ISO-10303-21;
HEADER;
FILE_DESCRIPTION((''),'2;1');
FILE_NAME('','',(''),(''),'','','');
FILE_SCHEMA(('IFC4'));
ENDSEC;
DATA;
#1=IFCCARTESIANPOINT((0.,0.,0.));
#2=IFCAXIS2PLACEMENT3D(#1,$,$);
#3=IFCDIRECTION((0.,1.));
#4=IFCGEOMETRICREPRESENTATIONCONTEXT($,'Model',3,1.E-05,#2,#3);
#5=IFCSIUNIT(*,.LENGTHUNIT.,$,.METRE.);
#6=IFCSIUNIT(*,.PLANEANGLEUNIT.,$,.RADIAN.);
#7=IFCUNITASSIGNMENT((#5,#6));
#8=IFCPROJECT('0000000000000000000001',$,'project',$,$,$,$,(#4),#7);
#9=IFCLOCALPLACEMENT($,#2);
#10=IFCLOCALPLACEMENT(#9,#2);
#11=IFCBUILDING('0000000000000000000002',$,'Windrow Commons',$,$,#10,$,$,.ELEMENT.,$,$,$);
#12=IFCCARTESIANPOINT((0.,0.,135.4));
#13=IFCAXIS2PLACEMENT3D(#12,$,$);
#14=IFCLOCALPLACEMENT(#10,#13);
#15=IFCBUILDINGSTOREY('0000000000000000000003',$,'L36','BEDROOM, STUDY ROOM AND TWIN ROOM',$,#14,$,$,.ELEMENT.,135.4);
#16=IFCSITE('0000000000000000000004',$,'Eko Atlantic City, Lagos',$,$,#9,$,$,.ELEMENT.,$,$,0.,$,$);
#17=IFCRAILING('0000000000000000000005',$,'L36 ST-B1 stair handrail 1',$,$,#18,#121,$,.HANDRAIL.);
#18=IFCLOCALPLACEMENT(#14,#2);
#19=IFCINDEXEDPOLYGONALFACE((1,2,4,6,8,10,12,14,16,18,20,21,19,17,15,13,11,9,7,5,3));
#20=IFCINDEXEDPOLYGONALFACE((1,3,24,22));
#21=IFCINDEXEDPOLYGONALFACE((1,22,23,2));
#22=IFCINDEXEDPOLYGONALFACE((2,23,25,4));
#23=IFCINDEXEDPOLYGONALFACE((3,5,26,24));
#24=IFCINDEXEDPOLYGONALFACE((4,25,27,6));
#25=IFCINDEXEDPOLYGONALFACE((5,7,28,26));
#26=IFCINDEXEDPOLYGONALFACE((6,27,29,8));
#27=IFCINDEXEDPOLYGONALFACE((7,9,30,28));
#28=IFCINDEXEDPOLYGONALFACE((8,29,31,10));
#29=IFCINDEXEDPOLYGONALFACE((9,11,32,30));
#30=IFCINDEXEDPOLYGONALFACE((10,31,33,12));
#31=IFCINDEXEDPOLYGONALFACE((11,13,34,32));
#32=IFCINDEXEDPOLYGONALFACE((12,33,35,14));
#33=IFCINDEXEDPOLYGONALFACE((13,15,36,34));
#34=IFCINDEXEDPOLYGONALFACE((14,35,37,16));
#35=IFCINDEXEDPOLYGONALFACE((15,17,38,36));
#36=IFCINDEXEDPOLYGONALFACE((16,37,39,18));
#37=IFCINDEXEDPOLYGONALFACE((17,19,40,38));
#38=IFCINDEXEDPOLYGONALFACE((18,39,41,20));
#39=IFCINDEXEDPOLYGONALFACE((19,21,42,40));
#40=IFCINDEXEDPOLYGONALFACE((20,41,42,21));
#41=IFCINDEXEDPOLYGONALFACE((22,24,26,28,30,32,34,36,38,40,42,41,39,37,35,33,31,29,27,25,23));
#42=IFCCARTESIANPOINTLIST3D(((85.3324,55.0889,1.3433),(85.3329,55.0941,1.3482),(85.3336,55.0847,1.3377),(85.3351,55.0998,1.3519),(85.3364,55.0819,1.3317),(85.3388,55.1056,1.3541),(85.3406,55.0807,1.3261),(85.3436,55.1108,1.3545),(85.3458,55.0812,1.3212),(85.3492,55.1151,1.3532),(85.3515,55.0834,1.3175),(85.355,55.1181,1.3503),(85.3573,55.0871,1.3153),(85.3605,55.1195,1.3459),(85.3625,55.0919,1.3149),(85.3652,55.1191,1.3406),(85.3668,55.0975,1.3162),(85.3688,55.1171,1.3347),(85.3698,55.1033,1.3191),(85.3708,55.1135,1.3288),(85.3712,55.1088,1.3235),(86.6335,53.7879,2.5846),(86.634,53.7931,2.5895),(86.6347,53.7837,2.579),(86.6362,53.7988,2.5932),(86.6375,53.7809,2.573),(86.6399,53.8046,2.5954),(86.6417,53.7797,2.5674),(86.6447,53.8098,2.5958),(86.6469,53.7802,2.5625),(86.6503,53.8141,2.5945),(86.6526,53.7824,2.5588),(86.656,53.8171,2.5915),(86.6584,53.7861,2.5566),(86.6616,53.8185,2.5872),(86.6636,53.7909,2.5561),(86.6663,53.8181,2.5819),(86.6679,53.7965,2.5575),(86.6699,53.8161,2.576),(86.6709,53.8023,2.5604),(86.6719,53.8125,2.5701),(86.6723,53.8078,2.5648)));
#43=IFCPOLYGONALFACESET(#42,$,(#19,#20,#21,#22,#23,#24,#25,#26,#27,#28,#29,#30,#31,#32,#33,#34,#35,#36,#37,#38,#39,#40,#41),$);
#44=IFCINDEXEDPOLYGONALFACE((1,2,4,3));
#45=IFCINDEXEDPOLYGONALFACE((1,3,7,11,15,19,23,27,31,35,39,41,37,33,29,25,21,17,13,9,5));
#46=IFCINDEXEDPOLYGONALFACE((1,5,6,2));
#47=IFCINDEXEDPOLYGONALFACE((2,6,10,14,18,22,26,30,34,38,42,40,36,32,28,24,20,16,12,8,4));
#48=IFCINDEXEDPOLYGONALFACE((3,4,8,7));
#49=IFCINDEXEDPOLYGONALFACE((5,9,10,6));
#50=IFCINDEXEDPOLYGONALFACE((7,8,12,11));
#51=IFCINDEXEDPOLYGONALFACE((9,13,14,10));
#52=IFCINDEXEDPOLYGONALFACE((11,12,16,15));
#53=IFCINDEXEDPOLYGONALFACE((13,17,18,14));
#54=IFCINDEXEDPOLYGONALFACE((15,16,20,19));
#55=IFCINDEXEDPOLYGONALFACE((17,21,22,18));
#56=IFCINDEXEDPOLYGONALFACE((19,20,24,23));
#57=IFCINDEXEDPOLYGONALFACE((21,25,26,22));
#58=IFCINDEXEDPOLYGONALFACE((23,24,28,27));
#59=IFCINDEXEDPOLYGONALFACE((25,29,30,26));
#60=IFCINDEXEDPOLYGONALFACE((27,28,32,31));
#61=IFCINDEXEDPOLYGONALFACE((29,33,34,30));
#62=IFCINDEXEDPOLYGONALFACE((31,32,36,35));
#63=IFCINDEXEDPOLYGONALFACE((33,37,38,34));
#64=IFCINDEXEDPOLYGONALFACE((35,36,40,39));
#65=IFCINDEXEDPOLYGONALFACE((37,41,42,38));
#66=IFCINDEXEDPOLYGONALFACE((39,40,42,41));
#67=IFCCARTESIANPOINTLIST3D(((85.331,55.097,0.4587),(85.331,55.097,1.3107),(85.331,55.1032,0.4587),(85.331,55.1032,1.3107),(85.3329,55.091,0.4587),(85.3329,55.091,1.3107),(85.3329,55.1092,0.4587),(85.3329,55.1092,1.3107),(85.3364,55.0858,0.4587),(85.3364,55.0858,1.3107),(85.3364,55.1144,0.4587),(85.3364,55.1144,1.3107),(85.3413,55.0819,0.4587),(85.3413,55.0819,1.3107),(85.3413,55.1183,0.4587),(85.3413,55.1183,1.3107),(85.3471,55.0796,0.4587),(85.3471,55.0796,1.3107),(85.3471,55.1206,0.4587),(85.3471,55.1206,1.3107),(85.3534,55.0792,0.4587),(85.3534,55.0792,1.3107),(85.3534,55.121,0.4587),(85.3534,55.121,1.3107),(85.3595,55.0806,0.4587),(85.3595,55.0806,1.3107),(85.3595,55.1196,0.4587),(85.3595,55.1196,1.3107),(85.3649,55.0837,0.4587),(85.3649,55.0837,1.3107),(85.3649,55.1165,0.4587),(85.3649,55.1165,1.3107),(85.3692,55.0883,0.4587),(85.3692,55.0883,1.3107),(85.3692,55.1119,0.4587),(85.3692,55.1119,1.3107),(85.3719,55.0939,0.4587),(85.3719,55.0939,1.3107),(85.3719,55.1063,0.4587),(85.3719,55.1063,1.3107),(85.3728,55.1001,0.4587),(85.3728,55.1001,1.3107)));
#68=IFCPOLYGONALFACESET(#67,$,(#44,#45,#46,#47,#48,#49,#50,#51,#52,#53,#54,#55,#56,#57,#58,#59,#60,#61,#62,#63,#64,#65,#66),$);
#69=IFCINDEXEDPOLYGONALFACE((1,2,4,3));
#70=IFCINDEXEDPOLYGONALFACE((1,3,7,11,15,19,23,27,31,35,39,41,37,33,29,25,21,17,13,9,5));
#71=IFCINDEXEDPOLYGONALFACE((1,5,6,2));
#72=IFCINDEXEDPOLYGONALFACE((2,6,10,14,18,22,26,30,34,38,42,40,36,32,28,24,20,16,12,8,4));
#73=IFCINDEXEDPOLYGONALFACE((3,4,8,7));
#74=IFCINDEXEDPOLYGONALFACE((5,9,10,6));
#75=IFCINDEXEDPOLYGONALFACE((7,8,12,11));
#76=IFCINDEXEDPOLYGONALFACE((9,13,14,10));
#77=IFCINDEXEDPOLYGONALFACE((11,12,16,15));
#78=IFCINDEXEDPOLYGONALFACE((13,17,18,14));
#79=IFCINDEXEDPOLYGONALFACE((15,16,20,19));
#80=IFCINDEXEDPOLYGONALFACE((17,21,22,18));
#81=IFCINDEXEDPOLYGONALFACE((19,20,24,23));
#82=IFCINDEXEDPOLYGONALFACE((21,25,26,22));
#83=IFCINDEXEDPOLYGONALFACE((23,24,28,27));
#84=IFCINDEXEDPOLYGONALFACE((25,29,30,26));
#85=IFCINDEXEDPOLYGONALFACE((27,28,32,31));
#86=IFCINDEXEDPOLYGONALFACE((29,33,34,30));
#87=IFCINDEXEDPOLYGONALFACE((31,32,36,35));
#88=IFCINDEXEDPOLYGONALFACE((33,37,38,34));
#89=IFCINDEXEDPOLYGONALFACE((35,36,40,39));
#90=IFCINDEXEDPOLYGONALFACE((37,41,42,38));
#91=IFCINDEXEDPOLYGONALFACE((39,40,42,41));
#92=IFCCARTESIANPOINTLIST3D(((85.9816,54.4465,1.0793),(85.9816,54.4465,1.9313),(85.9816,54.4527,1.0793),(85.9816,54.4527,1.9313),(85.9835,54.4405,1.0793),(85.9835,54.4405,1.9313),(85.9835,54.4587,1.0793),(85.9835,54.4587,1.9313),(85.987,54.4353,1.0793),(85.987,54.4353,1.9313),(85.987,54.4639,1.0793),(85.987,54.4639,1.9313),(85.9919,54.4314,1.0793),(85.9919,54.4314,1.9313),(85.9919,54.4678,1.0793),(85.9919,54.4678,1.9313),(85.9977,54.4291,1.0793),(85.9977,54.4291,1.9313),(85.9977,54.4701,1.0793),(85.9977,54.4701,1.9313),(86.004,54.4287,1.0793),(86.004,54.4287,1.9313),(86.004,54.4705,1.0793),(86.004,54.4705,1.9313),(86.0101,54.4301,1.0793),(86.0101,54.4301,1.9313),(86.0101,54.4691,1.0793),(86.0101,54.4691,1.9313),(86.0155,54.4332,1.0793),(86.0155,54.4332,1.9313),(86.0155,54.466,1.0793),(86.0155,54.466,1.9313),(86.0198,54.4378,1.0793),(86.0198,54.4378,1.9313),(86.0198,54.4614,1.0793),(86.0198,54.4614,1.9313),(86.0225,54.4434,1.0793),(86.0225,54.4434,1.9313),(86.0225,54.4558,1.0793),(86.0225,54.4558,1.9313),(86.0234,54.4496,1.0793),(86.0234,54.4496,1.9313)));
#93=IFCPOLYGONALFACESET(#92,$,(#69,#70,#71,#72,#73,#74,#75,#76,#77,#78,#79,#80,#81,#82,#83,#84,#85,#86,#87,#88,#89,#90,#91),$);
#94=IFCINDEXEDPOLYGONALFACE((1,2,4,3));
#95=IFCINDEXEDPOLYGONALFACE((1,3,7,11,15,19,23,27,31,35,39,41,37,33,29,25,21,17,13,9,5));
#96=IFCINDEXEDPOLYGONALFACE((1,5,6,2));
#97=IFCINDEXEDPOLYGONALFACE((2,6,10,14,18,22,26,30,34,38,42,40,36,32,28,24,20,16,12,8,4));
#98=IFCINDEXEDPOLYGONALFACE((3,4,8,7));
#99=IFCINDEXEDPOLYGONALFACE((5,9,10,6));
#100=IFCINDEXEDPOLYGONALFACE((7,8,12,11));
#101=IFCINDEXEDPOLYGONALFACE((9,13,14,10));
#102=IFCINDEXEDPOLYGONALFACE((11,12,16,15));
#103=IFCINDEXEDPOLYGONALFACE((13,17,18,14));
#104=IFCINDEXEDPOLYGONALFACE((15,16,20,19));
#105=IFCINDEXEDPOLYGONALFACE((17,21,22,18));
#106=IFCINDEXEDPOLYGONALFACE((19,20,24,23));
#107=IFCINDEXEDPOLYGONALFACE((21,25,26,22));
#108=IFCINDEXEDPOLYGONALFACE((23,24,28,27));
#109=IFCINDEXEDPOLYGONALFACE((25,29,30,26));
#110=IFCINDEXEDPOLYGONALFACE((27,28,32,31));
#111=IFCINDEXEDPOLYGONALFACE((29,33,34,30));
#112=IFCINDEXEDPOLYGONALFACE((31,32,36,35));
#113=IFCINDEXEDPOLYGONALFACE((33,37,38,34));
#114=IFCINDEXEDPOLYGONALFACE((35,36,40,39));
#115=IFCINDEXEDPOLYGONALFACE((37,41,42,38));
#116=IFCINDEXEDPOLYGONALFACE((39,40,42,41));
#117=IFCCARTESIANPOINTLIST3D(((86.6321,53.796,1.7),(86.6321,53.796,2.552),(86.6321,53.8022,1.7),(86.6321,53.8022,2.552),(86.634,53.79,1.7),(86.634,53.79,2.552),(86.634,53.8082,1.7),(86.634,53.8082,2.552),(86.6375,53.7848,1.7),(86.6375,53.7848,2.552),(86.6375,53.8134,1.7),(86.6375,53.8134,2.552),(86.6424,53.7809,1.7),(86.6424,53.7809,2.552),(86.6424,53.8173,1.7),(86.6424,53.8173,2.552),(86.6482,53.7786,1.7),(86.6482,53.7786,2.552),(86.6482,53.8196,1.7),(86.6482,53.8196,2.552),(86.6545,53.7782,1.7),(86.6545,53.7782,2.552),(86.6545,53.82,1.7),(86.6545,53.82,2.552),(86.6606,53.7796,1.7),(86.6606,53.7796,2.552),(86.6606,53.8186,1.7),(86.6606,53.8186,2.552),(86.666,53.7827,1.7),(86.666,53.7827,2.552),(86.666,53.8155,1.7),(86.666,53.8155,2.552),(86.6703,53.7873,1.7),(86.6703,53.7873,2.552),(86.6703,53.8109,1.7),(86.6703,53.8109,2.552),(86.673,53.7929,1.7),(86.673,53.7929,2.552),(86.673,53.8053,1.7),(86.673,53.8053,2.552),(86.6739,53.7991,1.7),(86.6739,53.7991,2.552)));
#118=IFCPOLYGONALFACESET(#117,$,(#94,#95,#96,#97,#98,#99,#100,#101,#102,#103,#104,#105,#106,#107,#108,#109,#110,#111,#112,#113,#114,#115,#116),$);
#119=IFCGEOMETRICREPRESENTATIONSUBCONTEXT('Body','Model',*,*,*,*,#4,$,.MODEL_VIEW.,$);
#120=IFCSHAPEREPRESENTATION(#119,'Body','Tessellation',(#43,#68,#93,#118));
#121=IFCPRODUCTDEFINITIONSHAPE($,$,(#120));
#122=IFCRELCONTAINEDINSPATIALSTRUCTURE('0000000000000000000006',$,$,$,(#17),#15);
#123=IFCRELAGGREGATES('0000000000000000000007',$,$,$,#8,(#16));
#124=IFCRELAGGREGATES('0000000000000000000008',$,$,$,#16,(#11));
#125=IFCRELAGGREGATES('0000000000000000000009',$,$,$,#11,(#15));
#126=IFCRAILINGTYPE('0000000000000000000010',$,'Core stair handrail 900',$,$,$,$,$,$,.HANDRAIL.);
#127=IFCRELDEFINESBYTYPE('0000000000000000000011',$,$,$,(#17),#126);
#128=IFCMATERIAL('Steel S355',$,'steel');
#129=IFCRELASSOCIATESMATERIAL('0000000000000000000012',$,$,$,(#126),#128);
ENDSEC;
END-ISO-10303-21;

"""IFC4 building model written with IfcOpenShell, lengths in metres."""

from ifc_helpers import new_model, si_unit, direction, frame, origin, origin_2d, place, context, subcontext, project, spatial, circle, extrude, material, type_object, element, save


model = new_model("IFC4")

# Units and contexts
model_context = context("Model", 3, precision=1e-05, world=origin(), true_north=direction((0.0, 1.0)))
body_context = subcontext(model_context, "Body", "Model", "MODEL_VIEW")
ifc_project = project(units=[si_unit("LENGTHUNIT", "METRE"), si_unit("PLANEANGLEUNIT", "RADIAN")], contexts=[model_context])

# Site, building, storey
site_placement = place(None, origin())
site = spatial("IfcSite", under=ifc_project, at=site_placement, Name="Eko Atlantic City, Lagos", CompositionType="ELEMENT", RefElevation=0.0)
building_placement = place(site_placement, origin())
building = spatial("IfcBuilding", under=site, at=building_placement, Name="Windrow Commons", CompositionType="ELEMENT")
storey_placement = place(building_placement, frame((0.0, 0.0, 135.4)))
storey = spatial("IfcBuildingStorey", under=building, at=storey_placement, Name="L36", Description="BEDROOM, STUDY ROOM AND TWIN ROOM", CompositionType="ELEMENT", Elevation=135.4)

# Railing
ifc_material_1 = material(Name="Steel S355", Category="steel")
railing_type_1 = type_object("IfcRailingType", Name="Core stair handrail 900", PredefinedType="HANDRAIL", material=ifc_material_1)
railing_1_placement = place(storey_placement, frame((85.3518, 55.1001, 0.4587)))
element("IfcRailing", 1, at=railing_1_placement, inside=storey, type_object=railing_type_1, Name="L36 ST-B1 stair handrail 1", PredefinedType="HANDRAIL", context=body_context, shape_type="SweptSolid", body=[
    extrude(circle(Radius=0.024, at=origin_2d()), frame((0.0, 0.0, 0.876), z_axis=(0.586207, -0.586162, 0.559264), x_axis=(0.70708, 0.707134, 0.0)), (0.0, 0.0, 1.0), 2.2195),
    extrude(circle(Radius=0.021, at=origin_2d()), origin(), (0.0, 0.0, 1.0), 0.852),
    extrude(circle(Radius=0.021, at=origin_2d()), frame((0.6506, -0.6505, 0.6206)), (0.0, 0.0, 1.0), 0.852),
    extrude(circle(Radius=0.021, at=origin_2d()), frame((1.3011, -1.301, 1.2413)), (0.0, 0.0, 1.0), 0.852),
])

save(model, "model.ifc")
